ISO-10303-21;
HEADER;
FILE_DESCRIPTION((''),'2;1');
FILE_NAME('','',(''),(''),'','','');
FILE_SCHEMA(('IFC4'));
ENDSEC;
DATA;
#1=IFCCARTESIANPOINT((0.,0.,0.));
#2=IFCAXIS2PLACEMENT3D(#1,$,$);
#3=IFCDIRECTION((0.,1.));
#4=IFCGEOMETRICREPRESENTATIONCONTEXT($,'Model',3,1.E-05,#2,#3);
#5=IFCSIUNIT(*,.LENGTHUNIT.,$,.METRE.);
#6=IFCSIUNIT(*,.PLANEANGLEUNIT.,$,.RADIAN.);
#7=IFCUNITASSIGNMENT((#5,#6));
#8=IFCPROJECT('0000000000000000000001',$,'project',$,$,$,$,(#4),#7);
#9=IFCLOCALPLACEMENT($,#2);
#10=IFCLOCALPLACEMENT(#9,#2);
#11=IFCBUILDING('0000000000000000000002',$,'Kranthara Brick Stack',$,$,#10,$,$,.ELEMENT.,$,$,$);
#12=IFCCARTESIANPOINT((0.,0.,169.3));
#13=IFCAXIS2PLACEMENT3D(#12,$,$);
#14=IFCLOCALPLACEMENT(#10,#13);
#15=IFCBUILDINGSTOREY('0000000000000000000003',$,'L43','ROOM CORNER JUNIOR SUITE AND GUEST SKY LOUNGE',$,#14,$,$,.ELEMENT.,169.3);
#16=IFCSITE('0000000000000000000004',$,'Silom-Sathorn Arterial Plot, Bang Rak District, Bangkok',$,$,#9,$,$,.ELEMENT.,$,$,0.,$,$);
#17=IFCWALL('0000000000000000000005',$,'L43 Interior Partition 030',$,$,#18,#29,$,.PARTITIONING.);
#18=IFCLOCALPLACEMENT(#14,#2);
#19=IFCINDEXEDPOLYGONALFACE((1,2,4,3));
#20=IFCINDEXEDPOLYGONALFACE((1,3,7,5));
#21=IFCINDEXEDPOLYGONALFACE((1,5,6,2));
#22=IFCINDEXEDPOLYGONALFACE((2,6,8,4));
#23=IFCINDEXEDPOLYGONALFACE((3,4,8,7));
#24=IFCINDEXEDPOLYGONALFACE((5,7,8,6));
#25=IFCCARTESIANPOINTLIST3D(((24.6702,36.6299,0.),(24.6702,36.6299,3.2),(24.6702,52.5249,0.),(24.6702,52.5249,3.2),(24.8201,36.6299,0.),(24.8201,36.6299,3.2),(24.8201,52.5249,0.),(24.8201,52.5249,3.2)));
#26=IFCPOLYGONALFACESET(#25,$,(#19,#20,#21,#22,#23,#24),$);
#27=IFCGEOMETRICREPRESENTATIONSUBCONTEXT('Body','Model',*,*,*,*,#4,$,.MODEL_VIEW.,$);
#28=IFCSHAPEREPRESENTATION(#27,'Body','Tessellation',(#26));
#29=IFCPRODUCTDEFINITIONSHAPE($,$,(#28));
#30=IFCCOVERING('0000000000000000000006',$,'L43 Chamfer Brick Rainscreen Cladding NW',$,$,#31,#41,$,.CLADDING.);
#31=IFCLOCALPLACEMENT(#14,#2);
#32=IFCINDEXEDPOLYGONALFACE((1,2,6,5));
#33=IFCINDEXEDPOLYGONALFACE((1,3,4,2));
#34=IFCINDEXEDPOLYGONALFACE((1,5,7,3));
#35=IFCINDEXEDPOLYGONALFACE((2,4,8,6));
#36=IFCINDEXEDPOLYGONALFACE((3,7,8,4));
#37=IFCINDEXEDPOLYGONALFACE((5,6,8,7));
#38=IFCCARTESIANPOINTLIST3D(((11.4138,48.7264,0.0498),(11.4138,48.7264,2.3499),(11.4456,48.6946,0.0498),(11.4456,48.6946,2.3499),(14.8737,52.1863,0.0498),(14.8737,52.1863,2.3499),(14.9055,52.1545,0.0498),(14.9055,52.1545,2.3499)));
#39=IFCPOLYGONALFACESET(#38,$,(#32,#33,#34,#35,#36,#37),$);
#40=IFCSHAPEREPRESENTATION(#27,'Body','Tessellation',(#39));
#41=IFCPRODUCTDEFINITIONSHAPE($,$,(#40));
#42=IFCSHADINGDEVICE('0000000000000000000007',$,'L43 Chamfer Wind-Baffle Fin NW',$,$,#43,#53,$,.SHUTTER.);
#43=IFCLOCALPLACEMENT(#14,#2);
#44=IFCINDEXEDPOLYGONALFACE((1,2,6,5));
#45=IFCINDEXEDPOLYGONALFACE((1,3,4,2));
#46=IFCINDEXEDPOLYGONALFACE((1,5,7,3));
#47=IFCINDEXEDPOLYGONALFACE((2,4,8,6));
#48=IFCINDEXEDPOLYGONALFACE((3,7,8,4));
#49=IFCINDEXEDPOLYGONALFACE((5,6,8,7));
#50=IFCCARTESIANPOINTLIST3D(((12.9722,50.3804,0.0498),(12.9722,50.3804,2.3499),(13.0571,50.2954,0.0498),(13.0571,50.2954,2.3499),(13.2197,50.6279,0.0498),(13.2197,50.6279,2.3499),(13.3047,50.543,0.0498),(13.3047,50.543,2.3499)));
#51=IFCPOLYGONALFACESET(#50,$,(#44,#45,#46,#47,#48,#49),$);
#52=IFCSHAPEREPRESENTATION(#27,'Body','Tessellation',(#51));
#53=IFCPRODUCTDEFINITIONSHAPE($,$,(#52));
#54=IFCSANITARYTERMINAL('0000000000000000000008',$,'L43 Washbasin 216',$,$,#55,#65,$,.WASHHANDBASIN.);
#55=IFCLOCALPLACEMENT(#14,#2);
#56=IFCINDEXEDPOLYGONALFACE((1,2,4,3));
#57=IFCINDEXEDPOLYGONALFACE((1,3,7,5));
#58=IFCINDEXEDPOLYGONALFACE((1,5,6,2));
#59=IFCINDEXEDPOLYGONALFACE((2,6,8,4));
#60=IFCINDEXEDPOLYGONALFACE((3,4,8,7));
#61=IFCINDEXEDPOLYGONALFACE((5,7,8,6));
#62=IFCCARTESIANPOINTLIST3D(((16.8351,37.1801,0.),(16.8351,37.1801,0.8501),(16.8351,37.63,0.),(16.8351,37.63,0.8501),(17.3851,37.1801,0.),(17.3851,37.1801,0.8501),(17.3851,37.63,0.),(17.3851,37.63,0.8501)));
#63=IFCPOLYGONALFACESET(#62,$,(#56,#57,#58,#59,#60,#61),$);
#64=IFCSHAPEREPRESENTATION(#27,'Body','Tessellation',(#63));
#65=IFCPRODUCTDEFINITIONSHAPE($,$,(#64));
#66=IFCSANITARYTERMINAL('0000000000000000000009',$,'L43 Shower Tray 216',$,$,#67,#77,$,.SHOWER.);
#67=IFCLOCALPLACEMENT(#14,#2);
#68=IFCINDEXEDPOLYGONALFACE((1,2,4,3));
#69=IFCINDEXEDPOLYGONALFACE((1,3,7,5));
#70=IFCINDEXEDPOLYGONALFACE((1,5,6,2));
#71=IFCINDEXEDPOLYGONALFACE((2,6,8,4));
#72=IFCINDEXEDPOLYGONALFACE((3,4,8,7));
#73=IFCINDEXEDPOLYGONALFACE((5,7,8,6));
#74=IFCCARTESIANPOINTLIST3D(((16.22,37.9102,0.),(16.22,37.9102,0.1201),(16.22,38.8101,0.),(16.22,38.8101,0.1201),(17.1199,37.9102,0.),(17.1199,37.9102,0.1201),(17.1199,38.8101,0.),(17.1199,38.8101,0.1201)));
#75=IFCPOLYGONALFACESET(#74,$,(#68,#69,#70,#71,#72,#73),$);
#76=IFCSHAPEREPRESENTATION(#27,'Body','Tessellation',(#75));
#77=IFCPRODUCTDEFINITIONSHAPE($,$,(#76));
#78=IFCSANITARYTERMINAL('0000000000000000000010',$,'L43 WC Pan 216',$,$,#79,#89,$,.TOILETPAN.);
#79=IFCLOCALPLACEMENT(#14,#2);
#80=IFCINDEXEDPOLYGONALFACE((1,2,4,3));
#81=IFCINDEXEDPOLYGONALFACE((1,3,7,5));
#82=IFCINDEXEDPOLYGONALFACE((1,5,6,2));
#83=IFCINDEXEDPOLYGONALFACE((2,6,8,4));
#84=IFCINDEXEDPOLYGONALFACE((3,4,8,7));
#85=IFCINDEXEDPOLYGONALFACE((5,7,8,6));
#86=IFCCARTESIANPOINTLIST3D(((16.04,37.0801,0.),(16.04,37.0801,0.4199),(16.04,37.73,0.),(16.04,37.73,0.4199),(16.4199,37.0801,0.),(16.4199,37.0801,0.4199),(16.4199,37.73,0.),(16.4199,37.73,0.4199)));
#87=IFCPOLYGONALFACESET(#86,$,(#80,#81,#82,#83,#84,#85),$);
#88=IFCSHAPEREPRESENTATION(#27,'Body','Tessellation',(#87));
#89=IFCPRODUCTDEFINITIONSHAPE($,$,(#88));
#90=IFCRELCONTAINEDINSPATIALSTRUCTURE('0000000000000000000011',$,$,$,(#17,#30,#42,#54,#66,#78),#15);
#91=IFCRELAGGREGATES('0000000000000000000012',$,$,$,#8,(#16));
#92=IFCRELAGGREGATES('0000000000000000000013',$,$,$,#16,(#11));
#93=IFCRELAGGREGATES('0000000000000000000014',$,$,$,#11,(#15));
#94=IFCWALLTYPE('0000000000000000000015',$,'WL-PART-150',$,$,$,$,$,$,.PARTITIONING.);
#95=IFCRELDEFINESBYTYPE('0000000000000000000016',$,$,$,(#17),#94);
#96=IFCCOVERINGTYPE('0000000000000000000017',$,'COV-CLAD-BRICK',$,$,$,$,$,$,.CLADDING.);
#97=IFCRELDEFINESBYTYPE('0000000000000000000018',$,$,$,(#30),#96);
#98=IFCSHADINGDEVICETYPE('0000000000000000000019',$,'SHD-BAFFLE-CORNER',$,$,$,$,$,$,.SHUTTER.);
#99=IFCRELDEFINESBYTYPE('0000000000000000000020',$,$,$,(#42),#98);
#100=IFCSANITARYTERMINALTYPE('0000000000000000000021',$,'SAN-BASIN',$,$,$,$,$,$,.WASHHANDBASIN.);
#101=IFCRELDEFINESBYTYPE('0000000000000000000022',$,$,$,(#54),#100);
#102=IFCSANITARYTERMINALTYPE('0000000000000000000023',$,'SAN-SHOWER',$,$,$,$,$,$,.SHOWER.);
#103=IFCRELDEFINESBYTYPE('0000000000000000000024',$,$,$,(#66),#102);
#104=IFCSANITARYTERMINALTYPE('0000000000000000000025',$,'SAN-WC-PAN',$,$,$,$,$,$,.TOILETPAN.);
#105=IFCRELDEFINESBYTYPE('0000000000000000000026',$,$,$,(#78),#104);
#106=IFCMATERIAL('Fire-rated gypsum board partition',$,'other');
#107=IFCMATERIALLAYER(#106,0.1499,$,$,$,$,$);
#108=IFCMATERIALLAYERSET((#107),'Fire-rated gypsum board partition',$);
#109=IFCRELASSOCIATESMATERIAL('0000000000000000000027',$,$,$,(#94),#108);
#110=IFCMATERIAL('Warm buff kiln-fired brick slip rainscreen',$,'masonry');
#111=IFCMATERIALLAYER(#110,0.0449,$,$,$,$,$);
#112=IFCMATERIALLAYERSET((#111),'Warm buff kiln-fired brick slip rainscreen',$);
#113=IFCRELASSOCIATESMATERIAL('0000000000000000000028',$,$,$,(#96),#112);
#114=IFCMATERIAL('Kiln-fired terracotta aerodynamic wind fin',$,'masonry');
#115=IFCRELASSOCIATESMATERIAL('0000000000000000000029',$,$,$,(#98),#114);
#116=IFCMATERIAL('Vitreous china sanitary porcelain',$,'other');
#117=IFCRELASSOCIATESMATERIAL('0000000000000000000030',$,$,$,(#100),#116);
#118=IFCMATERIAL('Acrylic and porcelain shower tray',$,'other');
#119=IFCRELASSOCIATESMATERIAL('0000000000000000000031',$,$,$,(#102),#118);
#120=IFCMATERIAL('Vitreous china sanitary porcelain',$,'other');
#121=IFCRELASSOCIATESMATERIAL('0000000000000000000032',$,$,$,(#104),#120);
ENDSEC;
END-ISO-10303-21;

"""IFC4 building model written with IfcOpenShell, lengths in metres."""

from ifc_helpers import new_model, si_unit, direction, frame, frame_2d, origin, origin_2d, place, context, subcontext, project, spatial, rectangle, extrude, material, layer, layer_set, type_object, element, save


model = new_model("IFC4")

# Units and contexts
model_context = context("Model", 3, precision=1e-05, world=origin(), true_north=direction((0.0, 1.0)))
body_context = subcontext(model_context, "Body", "Model", "MODEL_VIEW")
ifc_project = project(units=[si_unit("LENGTHUNIT", "METRE"), si_unit("PLANEANGLEUNIT", "RADIAN")], contexts=[model_context])

# Site, building, storey
site_placement = place(None, origin())
site = spatial("IfcSite", under=ifc_project, at=site_placement, Name="Silom-Sathorn Arterial Plot, Bang Rak District, Bangkok", CompositionType="ELEMENT", RefElevation=0.0)
building_placement = place(site_placement, origin())
building = spatial("IfcBuilding", under=site, at=building_placement, Name="Kranthara Brick Stack", CompositionType="ELEMENT")
storey_placement = place(building_placement, frame((0.0, 0.0, 169.3)))
storey = spatial("IfcBuildingStorey", under=building, at=storey_placement, Name="L43", Description="ROOM CORNER JUNIOR SUITE AND GUEST SKY LOUNGE", CompositionType="ELEMENT", Elevation=169.3)

# Wall
ifc_material_1 = material(Name="Fire-rated gypsum board partition", Category="other")
ifc_layer_1 = layer(ifc_material_1, 0.1499)
ifc_layer_set_1 = layer_set([ifc_layer_1], Name="Fire-rated gypsum board partition")
wall_type_1 = type_object("IfcWallType", Name="WL-PART-150", PredefinedType="PARTITIONING", material=ifc_layer_set_1)
wall_1_placement = place(storey_placement, frame((24.7451, 36.6299, 0.0), z_axis=(0.0, 0.0, 1.0), x_axis=(0.0, 1.0, 0.0)))
element("IfcWall", 1, at=wall_1_placement, inside=storey, type_object=wall_type_1, Name="L43 Interior Partition 030", PredefinedType="PARTITIONING", context=body_context, shape_type="SweptSolid", body=[
    extrude(rectangle(XDim=15.895, YDim=0.1499, at=frame_2d((7.9475, 0.0))), origin(), (0.0, 0.0, 1.0), 3.2),
])

# Covering
ifc_material_2 = material(Name="Warm buff kiln-fired brick slip rainscreen", Category="masonry")
ifc_layer_2 = layer(ifc_material_2, 0.0449)
ifc_layer_set_2 = layer_set([ifc_layer_2], Name="Warm buff kiln-fired brick slip rainscreen")
covering_type = type_object("IfcCoveringType", Name="COV-CLAD-BRICK", PredefinedType="CLADDING", material=ifc_layer_set_2)
covering_placement = place(storey_placement, frame((13.1597, 50.4404, 0.0498), z_axis=(0.0, 0.0, 1.0), x_axis=(0.707107, 0.707107, 0.0)))
element("IfcCovering", 2, at=covering_placement, inside=storey, type_object=covering_type, Name="L43 Chamfer Brick Rainscreen Cladding NW", PredefinedType="CLADDING", context=body_context, shape_type="SweptSolid", body=[
    extrude(rectangle(XDim=4.8931, YDim=0.0449, at=origin_2d()), origin(), (0.0, 0.0, 1.0), 2.3),
])

# Shading device
ifc_material_3 = material(Name="Kiln-fired terracotta aerodynamic wind fin", Category="masonry")
shading_device_type = type_object("IfcShadingDeviceType", Name="SHD-BAFFLE-CORNER", PredefinedType="SHUTTER", material=ifc_material_3)
shading_device_placement = place(storey_placement, frame((13.1384, 50.4617, 0.0498), z_axis=(0.0, 0.0, 1.0), x_axis=(0.707107, 0.707107, 0.0)))
element("IfcShadingDevice", 3, at=shading_device_placement, inside=storey, type_object=shading_device_type, Name="L43 Chamfer Wind-Baffle Fin NW", PredefinedType="SHUTTER", context=body_context, shape_type="SweptSolid", body=[
    extrude(rectangle(XDim=0.3501, YDim=0.1201, at=origin_2d()), origin(), (0.0, 0.0, 1.0), 2.3),
])

# Sanitary terminals
ifc_material_4 = material(Name="Vitreous china sanitary porcelain", Category="other")
sanitary_terminal_type_1 = type_object("IfcSanitaryTerminalType", Name="SAN-BASIN", PredefinedType="WASHHANDBASIN", material=ifc_material_4)
sanitary_terminal_1_placement = place(storey_placement, frame((17.1101, 37.405, 0.0), z_axis=(0.0, 0.0, 1.0), x_axis=(1.0, 0.0, 0.0)))
element("IfcSanitaryTerminal", 4, at=sanitary_terminal_1_placement, inside=storey, type_object=sanitary_terminal_type_1, Name="L43 Washbasin 216", PredefinedType="WASHHANDBASIN", context=body_context, shape_type="SweptSolid", body=[
    extrude(rectangle(XDim=0.55, YDim=0.45, at=origin_2d()), origin(), (0.0, 0.0, 1.0), 0.8501),
])
ifc_material_5 = material(Name="Acrylic and porcelain shower tray", Category="other")
sanitary_terminal_type_2 = type_object("IfcSanitaryTerminalType", Name="SAN-SHOWER", PredefinedType="SHOWER", material=ifc_material_5)
sanitary_terminal_2_placement = place(storey_placement, frame((16.6699, 38.3601, 0.0), z_axis=(0.0, 0.0, 1.0), x_axis=(1.0, 0.0, 0.0)))
element("IfcSanitaryTerminal", 5, at=sanitary_terminal_2_placement, inside=storey, type_object=sanitary_terminal_type_2, Name="L43 Shower Tray 216", PredefinedType="SHOWER", context=body_context, shape_type="SweptSolid", body=[
    extrude(rectangle(XDim=0.8999, YDim=0.8999, at=origin_2d()), origin(), (0.0, 0.0, 1.0), 0.1201),
])
ifc_material_6 = material(Name="Vitreous china sanitary porcelain", Category="other")
sanitary_terminal_type_3 = type_object("IfcSanitaryTerminalType", Name="SAN-WC-PAN", PredefinedType="TOILETPAN", material=ifc_material_6)
sanitary_terminal_3_placement = place(storey_placement, frame((16.23, 37.405, 0.0), z_axis=(0.0, 0.0, 1.0), x_axis=(1.0, 0.0, 0.0)))
element("IfcSanitaryTerminal", 6, at=sanitary_terminal_3_placement, inside=storey, type_object=sanitary_terminal_type_3, Name="L43 WC Pan 216", PredefinedType="TOILETPAN", context=body_context, shape_type="SweptSolid", body=[
    extrude(rectangle(XDim=0.3799, YDim=0.6499, at=origin_2d()), origin(), (0.0, 0.0, 1.0), 0.4199),
])

save(model, "model.ifc")
